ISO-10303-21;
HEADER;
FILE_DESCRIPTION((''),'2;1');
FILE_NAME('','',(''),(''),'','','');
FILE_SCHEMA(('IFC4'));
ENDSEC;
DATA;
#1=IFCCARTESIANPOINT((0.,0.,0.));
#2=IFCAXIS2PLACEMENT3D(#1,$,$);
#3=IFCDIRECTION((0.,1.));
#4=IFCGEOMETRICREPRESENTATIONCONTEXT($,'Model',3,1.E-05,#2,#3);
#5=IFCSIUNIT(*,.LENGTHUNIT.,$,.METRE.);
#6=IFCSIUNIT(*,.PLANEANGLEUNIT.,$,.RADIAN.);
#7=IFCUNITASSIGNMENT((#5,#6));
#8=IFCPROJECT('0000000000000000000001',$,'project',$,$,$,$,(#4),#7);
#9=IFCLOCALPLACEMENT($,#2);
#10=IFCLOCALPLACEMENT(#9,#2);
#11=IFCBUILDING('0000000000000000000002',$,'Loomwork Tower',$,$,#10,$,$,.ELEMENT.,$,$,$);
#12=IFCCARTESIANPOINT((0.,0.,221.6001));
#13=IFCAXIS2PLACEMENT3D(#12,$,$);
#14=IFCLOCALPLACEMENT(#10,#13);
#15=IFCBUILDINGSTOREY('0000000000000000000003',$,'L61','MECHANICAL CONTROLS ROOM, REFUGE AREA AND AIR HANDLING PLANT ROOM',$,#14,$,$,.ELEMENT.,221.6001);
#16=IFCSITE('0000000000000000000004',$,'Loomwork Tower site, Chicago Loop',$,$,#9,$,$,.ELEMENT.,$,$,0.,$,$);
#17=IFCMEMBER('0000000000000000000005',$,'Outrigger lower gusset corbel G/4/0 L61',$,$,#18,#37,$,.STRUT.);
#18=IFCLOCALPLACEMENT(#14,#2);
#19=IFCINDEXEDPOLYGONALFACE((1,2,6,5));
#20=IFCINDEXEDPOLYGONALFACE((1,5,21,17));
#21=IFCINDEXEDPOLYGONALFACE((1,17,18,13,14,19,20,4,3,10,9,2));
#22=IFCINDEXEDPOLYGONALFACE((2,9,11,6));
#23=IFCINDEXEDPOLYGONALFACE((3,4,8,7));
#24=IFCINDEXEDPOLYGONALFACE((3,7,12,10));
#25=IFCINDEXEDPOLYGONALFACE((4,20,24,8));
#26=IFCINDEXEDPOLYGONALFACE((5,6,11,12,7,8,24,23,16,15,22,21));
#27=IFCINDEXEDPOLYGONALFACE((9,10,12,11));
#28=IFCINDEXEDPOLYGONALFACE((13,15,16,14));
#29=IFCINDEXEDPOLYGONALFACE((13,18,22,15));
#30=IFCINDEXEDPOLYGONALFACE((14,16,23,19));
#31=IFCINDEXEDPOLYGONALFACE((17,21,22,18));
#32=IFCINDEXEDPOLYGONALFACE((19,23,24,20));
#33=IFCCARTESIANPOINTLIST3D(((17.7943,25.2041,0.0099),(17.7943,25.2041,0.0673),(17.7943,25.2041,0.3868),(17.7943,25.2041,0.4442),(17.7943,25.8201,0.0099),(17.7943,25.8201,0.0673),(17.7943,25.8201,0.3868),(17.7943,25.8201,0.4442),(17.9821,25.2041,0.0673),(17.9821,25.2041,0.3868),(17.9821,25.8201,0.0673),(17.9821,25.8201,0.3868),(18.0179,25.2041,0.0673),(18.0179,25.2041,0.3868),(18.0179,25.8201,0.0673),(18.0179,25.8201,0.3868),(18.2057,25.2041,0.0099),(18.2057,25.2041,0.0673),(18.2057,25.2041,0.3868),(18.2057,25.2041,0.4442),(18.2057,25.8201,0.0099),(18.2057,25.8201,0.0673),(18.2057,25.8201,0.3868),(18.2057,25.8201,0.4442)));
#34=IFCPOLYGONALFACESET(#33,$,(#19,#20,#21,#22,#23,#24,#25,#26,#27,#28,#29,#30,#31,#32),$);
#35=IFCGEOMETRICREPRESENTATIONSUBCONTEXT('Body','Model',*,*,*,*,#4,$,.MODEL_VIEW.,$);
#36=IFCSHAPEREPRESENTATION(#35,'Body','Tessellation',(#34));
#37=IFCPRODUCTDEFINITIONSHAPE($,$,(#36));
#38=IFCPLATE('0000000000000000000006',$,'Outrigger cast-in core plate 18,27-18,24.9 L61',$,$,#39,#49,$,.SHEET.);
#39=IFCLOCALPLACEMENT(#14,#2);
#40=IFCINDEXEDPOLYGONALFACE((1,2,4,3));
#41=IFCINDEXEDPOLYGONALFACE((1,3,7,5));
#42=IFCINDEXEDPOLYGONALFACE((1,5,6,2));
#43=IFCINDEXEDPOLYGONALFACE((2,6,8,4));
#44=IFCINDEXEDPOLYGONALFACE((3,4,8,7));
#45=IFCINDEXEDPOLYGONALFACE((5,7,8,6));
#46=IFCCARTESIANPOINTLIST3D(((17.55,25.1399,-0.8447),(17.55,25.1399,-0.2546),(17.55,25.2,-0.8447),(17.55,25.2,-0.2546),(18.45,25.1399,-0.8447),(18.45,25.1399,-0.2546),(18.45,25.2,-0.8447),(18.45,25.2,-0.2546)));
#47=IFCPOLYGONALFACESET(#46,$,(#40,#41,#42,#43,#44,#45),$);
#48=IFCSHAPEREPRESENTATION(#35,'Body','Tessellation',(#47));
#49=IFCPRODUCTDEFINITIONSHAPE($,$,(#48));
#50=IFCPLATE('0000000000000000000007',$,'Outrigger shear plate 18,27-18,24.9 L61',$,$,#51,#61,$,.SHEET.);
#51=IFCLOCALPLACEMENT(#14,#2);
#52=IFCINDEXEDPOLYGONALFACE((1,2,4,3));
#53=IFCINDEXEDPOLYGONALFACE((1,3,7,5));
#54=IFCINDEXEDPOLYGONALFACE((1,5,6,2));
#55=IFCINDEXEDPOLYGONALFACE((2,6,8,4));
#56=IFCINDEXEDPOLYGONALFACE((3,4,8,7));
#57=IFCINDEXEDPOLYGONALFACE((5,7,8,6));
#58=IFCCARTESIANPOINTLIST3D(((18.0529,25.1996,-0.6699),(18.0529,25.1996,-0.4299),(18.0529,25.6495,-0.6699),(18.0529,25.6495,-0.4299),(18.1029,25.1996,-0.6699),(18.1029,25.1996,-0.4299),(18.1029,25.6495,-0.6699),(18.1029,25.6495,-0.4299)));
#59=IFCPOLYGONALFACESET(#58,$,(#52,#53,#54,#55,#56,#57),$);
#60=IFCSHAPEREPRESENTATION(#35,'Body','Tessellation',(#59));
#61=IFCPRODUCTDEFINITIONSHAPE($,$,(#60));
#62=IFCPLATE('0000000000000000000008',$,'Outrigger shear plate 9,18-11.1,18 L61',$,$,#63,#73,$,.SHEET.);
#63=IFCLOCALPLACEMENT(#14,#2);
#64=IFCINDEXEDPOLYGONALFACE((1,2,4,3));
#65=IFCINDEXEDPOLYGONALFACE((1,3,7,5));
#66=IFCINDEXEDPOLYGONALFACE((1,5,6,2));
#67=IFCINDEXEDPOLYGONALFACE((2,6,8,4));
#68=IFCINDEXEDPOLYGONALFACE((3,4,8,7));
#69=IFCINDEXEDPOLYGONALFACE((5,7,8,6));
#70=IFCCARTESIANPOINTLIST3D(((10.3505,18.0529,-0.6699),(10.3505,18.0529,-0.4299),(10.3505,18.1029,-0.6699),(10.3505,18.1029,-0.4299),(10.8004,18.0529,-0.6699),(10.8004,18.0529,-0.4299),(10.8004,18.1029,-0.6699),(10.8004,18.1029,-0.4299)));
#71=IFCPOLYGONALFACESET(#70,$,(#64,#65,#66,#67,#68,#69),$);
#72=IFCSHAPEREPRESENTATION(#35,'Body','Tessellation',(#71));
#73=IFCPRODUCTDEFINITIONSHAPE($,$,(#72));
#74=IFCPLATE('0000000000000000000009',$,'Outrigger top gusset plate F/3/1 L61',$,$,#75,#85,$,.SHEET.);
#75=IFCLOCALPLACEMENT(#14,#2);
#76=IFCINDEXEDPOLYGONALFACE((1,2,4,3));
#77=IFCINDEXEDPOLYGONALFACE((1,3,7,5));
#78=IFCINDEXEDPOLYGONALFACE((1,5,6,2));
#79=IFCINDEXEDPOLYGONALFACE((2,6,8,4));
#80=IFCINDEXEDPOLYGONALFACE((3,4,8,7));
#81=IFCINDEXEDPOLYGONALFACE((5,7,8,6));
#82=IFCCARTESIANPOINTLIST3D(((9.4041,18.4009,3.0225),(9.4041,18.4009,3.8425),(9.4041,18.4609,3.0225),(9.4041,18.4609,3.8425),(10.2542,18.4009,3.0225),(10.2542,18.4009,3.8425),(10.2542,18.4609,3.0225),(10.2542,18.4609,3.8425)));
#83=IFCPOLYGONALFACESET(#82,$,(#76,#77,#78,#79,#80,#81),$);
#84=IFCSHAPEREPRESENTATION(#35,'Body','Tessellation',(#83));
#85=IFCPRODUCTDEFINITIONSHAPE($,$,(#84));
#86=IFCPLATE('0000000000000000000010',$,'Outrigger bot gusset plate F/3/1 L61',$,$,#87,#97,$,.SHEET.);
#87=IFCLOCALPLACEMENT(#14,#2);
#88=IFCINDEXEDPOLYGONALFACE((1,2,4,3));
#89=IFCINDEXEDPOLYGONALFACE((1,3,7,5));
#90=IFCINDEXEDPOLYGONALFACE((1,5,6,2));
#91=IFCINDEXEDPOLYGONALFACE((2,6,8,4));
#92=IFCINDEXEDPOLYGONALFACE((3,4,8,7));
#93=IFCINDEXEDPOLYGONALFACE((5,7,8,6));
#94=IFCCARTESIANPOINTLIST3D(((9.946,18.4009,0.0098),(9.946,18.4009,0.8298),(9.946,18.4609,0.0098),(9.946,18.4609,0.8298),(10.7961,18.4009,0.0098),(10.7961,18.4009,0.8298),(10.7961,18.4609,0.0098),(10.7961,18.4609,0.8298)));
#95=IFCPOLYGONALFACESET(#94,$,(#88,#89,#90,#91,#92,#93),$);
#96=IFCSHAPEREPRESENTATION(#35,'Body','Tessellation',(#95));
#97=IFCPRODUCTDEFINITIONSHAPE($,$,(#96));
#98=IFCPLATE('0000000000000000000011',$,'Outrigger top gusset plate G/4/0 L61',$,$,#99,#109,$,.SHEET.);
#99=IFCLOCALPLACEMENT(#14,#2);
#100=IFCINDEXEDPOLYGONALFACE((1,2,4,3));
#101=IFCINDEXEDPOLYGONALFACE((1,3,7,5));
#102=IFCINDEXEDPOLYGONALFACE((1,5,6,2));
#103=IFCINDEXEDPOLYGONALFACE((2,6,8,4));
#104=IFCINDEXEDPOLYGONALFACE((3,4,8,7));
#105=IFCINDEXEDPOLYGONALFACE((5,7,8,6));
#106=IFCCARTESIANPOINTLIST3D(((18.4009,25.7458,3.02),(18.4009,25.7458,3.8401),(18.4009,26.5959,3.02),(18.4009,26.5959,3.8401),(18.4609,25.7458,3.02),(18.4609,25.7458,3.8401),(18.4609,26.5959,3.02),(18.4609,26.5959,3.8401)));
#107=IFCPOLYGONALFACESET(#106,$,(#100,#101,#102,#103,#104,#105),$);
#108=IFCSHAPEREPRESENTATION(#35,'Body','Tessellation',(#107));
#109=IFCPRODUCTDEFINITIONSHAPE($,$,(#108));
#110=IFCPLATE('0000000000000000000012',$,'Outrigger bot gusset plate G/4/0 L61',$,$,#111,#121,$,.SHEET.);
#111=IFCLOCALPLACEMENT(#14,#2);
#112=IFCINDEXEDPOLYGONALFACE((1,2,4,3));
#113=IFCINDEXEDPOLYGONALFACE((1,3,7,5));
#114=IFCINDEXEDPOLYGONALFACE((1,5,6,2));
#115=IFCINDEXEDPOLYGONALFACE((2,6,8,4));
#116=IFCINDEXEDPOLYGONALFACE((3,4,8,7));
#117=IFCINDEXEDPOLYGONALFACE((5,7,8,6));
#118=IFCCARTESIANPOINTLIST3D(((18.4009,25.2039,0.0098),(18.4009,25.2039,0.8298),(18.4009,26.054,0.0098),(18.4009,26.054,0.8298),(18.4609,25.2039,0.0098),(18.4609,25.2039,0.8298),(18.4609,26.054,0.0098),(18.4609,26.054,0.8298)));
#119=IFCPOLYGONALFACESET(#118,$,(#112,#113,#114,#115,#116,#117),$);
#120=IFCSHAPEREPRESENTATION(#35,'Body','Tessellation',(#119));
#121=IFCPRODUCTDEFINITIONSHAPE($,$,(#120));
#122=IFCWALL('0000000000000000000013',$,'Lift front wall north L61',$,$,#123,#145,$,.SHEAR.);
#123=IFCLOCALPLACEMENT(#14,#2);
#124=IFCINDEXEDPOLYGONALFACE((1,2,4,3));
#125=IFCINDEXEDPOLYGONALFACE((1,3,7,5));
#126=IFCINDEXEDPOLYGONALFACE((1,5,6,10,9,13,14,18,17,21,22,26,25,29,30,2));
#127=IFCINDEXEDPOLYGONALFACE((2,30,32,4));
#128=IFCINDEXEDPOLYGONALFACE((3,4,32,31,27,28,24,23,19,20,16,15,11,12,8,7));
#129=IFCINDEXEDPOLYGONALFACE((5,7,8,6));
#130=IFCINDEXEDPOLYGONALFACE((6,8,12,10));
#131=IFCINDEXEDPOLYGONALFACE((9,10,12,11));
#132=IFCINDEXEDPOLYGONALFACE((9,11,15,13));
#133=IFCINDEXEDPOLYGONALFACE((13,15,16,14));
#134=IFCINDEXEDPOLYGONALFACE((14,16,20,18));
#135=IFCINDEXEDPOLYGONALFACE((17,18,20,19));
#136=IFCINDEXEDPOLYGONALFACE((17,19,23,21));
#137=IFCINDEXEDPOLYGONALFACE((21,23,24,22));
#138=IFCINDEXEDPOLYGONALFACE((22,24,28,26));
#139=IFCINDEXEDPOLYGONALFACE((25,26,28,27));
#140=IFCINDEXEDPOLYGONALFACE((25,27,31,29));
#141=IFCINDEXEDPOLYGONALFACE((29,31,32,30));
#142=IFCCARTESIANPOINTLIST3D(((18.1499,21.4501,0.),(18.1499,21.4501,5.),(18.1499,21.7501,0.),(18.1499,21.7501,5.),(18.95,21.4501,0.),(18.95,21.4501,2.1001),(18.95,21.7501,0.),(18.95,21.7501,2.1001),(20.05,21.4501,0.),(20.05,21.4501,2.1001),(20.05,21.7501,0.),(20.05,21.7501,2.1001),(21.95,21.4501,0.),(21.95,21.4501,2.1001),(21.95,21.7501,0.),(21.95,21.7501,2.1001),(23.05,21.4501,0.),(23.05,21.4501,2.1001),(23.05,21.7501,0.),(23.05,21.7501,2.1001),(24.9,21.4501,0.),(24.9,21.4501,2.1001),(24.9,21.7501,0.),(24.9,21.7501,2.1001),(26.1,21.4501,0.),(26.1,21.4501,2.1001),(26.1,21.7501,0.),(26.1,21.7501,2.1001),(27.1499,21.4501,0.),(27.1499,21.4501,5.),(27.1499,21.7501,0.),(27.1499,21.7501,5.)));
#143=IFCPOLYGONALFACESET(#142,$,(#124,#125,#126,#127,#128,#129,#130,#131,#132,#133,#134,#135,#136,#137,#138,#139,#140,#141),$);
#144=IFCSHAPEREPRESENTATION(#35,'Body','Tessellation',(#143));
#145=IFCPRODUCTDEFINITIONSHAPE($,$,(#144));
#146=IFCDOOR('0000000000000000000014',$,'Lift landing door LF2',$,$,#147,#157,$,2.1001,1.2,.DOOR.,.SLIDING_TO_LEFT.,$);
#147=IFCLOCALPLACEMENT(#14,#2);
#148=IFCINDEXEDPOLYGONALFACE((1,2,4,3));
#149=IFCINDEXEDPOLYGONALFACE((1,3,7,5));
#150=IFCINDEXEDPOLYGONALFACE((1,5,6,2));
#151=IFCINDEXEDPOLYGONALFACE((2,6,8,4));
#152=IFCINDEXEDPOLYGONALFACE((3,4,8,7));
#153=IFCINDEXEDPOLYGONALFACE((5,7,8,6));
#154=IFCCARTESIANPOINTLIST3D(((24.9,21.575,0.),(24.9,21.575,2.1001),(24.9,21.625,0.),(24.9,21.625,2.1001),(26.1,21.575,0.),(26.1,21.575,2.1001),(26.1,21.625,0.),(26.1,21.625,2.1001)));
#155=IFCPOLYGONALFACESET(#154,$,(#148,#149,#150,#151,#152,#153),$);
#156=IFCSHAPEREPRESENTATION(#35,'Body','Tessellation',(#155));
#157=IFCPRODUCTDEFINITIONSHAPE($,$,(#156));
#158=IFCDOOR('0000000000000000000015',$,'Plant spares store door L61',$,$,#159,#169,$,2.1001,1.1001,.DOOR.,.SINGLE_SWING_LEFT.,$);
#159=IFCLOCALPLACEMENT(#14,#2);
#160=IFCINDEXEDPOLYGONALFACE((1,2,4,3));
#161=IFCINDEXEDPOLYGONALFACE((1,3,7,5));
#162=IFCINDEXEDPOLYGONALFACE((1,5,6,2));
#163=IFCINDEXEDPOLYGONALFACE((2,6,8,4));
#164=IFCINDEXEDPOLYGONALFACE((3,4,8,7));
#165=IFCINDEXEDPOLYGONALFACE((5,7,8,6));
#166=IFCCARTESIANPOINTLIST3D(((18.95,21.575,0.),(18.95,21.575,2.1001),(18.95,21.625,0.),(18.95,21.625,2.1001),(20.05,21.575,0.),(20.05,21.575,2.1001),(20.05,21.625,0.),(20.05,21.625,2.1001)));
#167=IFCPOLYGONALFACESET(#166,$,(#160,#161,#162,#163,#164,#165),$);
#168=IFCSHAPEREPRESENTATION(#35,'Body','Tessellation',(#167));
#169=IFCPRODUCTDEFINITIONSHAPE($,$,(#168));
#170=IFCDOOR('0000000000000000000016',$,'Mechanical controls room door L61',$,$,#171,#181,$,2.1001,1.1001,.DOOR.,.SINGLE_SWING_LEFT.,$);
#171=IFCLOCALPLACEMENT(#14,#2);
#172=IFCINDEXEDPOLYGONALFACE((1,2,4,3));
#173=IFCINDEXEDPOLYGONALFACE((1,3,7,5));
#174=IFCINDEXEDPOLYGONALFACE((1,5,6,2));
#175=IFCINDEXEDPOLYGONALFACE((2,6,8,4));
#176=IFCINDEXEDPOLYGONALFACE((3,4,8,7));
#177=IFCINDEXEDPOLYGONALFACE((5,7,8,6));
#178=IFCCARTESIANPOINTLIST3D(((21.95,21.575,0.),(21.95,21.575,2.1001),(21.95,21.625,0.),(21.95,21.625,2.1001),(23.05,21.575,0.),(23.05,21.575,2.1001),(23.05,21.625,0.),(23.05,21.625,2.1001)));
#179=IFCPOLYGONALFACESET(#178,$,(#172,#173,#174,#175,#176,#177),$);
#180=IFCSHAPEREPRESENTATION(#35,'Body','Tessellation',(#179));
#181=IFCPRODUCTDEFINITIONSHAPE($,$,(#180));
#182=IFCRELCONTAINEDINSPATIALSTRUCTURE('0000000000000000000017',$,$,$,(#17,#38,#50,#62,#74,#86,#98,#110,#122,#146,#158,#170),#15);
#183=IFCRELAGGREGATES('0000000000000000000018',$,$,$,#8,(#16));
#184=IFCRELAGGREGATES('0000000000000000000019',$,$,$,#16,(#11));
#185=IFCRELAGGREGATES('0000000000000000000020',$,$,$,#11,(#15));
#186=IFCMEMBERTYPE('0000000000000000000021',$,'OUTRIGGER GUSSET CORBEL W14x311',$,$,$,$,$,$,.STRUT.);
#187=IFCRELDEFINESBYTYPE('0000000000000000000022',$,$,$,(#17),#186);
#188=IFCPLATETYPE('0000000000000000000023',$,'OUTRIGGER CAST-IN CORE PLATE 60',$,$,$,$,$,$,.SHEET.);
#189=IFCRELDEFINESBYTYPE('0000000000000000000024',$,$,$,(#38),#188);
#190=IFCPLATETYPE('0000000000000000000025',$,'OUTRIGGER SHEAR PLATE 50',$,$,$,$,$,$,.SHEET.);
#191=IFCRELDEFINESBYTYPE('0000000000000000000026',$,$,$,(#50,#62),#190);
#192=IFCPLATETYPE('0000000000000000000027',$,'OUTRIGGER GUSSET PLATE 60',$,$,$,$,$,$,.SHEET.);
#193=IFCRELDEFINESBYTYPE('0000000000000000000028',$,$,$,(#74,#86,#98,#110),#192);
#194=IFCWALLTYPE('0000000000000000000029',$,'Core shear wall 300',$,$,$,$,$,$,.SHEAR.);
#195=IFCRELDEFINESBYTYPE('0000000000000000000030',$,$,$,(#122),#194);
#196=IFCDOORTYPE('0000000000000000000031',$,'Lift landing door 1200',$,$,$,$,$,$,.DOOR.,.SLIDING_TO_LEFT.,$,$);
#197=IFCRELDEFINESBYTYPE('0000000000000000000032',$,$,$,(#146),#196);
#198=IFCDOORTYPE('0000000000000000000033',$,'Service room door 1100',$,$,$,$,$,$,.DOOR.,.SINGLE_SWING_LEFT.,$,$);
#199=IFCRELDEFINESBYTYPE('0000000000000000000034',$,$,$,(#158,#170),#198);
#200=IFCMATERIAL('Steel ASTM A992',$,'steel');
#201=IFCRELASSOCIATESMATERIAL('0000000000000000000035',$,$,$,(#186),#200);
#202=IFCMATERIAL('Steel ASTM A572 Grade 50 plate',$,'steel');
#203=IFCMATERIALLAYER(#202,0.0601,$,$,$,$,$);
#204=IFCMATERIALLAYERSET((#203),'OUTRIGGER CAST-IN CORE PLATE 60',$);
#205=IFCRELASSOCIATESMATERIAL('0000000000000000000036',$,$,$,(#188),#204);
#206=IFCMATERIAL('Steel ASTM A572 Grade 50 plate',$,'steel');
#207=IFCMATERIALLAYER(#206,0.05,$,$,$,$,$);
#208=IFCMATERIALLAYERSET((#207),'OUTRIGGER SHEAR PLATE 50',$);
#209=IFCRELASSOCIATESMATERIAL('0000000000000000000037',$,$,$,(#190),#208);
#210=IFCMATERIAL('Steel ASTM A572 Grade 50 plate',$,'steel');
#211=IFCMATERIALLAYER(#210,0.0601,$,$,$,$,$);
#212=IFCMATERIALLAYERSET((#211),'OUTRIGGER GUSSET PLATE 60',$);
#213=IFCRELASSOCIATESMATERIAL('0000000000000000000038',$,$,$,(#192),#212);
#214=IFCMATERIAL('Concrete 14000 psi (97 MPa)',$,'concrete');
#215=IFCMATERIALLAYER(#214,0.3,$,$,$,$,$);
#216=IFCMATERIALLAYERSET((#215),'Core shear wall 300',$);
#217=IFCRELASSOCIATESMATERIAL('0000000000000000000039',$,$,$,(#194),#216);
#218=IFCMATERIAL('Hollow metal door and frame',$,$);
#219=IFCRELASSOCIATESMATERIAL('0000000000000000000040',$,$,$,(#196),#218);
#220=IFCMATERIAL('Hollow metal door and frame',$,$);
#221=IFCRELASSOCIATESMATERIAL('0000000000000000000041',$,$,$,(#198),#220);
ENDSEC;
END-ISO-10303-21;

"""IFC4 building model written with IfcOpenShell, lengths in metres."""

from ifc_helpers import new_model, si_unit, direction, frame, frame_2d, origin, origin_2d, place, context, subcontext, project, spatial, rectangle, i_section, extrude, material, layer, layer_set, material_profile, profile_set, type_object, element, fill, save


model = new_model("IFC4")

# Units and contexts
model_context = context("Model", 3, precision=1e-05, world=origin(), true_north=direction((0.0, 1.0)))
body_context = subcontext(model_context, "Body", "Model", "MODEL_VIEW")
ifc_project = project(units=[si_unit("LENGTHUNIT", "METRE"), si_unit("PLANEANGLEUNIT", "RADIAN")], contexts=[model_context])

# Site, building, storey
site_placement = place(None, origin())
site = spatial("IfcSite", under=ifc_project, at=site_placement, Name="Loomwork Tower site, Chicago Loop", CompositionType="ELEMENT", RefElevation=0.0)
building_placement = place(site_placement, origin())
building = spatial("IfcBuilding", under=site, at=building_placement, Name="Loomwork Tower", CompositionType="ELEMENT")
storey_placement = place(building_placement, frame((0.0, 0.0, 221.6001)))
storey = spatial("IfcBuildingStorey", under=building, at=storey_placement, Name="L61", Description="MECHANICAL CONTROLS ROOM, REFUGE AREA AND AIR HANDLING PLANT ROOM", CompositionType="ELEMENT", Elevation=221.6001)

# Member
ifc_material_1 = material(Name="Steel ASTM A992", Category="steel")
ifc_material_profile = material_profile(ifc_material_1, i_section(OverallWidth=0.4114, OverallDepth=0.4343, WebThickness=0.0359, FlangeThickness=0.0574, at=origin_2d()), Name="W14x311")
ifc_profile_set = profile_set([ifc_material_profile], Name="Steel ASTM A992")
member_type = type_object("IfcMemberType", Name="OUTRIGGER GUSSET CORBEL W14x311", PredefinedType="STRUT", material=ifc_profile_set)
member_placement = place(storey_placement, frame((18.0, 25.2041, 0.2271), z_axis=(0.0, 1.0, 0.0), x_axis=(-1.0, 0.0, 0.0)))
element("IfcMember", 1, at=member_placement, inside=storey, type_object=member_type, Name="Outrigger lower gusset corbel G/4/0 L61", PredefinedType="STRUT", context=body_context, shape_type="SweptSolid", body=[
    extrude(i_section(OverallWidth=0.4114, OverallDepth=0.4343, WebThickness=0.0359, FlangeThickness=0.0574, at=origin_2d()), origin(), (0.0, 0.0, 1.0), 0.616),
])

# Plates
ifc_material_2 = material(Name="Steel ASTM A572 Grade 50 plate", Category="steel")
ifc_layer_1 = layer(ifc_material_2, 0.0601)
ifc_layer_set_1 = layer_set([ifc_layer_1], Name="OUTRIGGER CAST-IN CORE PLATE 60")
plate_type_1 = type_object("IfcPlateType", Name="OUTRIGGER CAST-IN CORE PLATE 60", PredefinedType="SHEET", material=ifc_layer_set_1)
plate_placement = place(storey_placement, frame((18.0, 25.1699, -0.8447), z_axis=(0.0, 0.0, 1.0), x_axis=(1.0, 0.0, 0.0)))
element("IfcPlate", 2, at=plate_placement, inside=storey, type_object=plate_type_1, Name="Outrigger cast-in core plate 18,27-18,24.9 L61", PredefinedType="SHEET", context=body_context, shape_type="SweptSolid", body=[
    extrude(rectangle(XDim=0.8999, YDim=0.0601, at=origin_2d()), origin(), (0.0, 0.0, 1.0), 0.5901),
])
ifc_material_3 = material(Name="Steel ASTM A572 Grade 50 plate", Category="steel")
ifc_layer_2 = layer(ifc_material_3, 0.05)
ifc_layer_set_2 = layer_set([ifc_layer_2], Name="OUTRIGGER SHEAR PLATE 50")
plate_type_2 = type_object("IfcPlateType", Name="OUTRIGGER SHEAR PLATE 50", PredefinedType="SHEET", material=ifc_layer_set_2)
for number, where, z_axis, x_axis, name in (
    (3, (18.0779, 25.4246, -0.6699), (0.0, 0.0, 1.0), (0.0, 1.0, 0.0), "Outrigger shear plate 18,27-18,24.9 L61"),
    (4, (10.5754, 18.0779, -0.6699), (0.0, 0.0, 1.0), (1.0, 0.0, 0.0), "Outrigger shear plate 9,18-11.1,18 L61"),
):
    element("IfcPlate", number, at=place(storey_placement, frame(where, z_axis=z_axis, x_axis=x_axis)), inside=storey, type_object=plate_type_2, Name=name, PredefinedType="SHEET", context=body_context, shape_type="SweptSolid", body=[
        extrude(rectangle(XDim=0.45, YDim=0.05, at=origin_2d()), origin(), (0.0, 0.0, 1.0), 0.24),
    ])
ifc_material_4 = material(Name="Steel ASTM A572 Grade 50 plate", Category="steel")
ifc_layer_3 = layer(ifc_material_4, 0.0601)
ifc_layer_set_3 = layer_set([ifc_layer_3], Name="OUTRIGGER GUSSET PLATE 60")
plate_type_3 = type_object("IfcPlateType", Name="OUTRIGGER GUSSET PLATE 60", PredefinedType="SHEET", material=ifc_layer_set_3)
for number, where, z_axis, x_axis, name in (
    (5, (9.8291, 18.4309, 3.0225), (0.0, 0.0, 1.0), (1.0, 0.0, 0.0), "Outrigger top gusset plate F/3/1 L61"),
    (6, (10.3711, 18.4309, 0.0098), (0.0, 0.0, 1.0), (1.0, 0.0, 0.0), "Outrigger bot gusset plate F/3/1 L61"),
    (7, (18.4309, 26.1709, 3.02), (0.0, 0.0, 1.0), (0.0, 1.0, 0.0), "Outrigger top gusset plate G/4/0 L61"),
    (8, (18.4309, 25.6289, 0.0098), (0.0, 0.0, 1.0), (0.0, 1.0, 0.0), "Outrigger bot gusset plate G/4/0 L61"),
):
    element("IfcPlate", number, at=place(storey_placement, frame(where, z_axis=z_axis, x_axis=x_axis)), inside=storey, type_object=plate_type_3, Name=name, PredefinedType="SHEET", context=body_context, shape_type="SweptSolid", body=[
        extrude(rectangle(XDim=0.8501, YDim=0.0601, at=origin_2d()), origin(), (0.0, 0.0, 1.0), 0.8201),
    ])

# Wall, openings, doors
ifc_material_5 = material(Name="Concrete 14000 psi (97 MPa)", Category="concrete")
ifc_layer_4 = layer(ifc_material_5, 0.3)
ifc_layer_set_4 = layer_set([ifc_layer_4], Name="Core shear wall 300")
wall_type_1 = type_object("IfcWallType", Name="Core shear wall 300", PredefinedType="SHEAR", material=ifc_layer_set_4)
wall_1_placement = place(storey_placement, frame((18.1499, 21.6001, 0.0), z_axis=(0.0, 0.0, 1.0), x_axis=(1.0, 0.0, 0.0)))
wall_1 = element("IfcWall", 9, at=wall_1_placement, inside=storey, type_object=wall_type_1, Name="Lift front wall north L61", PredefinedType="SHEAR", context=body_context, shape_type="SweptSolid", body=[
    extrude(rectangle(XDim=9.0, YDim=0.3, at=frame_2d((4.5, 0.0))), origin(), (0.0, 0.0, 1.0), 5.0),
])
opening_1_placement = place(wall_1_placement, frame((6.75, 0.0, 0.0)))
opening_1 = element("IfcOpeningElement", 10, at=opening_1_placement, cuts=wall_1, PredefinedType="OPENING", context=body_context, shape_type="SweptSolid", body=[
    extrude(rectangle(XDim=1.2, YDim=2.1001, at=frame_2d((0.6001, 1.05))), frame((0.0, 0.1599, 0.0), z_axis=(0.0, -1.0, 0.0), x_axis=(1.0, 0.0, 0.0)), (0.0, 0.0, 1.0), 0.3201),
])
opening_2_placement = place(wall_1_placement, frame((0.8, 0.0, 0.0)))
opening_2 = element("IfcOpeningElement", 11, at=opening_2_placement, cuts=wall_1, PredefinedType="OPENING", context=body_context, shape_type="SweptSolid", body=[
    extrude(rectangle(XDim=1.1001, YDim=2.1001, at=frame_2d((0.55, 1.05))), frame((0.0, 0.1599, 0.0), z_axis=(0.0, -1.0, 0.0), x_axis=(1.0, 0.0, 0.0)), (0.0, 0.0, 1.0), 0.3201),
])
opening_3_placement = place(wall_1_placement, frame((3.8, 0.0, 0.0)))
opening_3 = element("IfcOpeningElement", 12, at=opening_3_placement, cuts=wall_1, PredefinedType="OPENING", context=body_context, shape_type="SweptSolid", body=[
    extrude(rectangle(XDim=1.1001, YDim=2.1001, at=frame_2d((0.55, 1.05))), frame((0.0, 0.1599, 0.0), z_axis=(0.0, -1.0, 0.0), x_axis=(1.0, 0.0, 0.0)), (0.0, 0.0, 1.0), 0.3201),
])
ifc_material_6 = material(Name="Hollow metal door and frame")
door_type_1 = type_object("IfcDoorType", Name="Lift landing door 1200", OperationType="SLIDING_TO_LEFT", PredefinedType="DOOR", material=ifc_material_6)
door_1_placement = place(opening_1_placement, origin())
door_1 = element("IfcDoor", 13, at=door_1_placement, inside=storey, type_object=door_type_1, Name="Lift landing door LF2", OperationType="SLIDING_TO_LEFT", OverallHeight=2.1001, OverallWidth=1.2, PredefinedType="DOOR", context=body_context, shape_type="SweptSolid", body=[
    extrude(rectangle(XDim=1.2, YDim=2.1001, at=frame_2d((0.6001, 1.05))), frame((0.0, 0.0249, 0.0), z_axis=(0.0, -1.0, 0.0), x_axis=(1.0, 0.0, 0.0)), (0.0, 0.0, 1.0), 0.05),
])
fill(opening_1, door_1)
ifc_material_7 = material(Name="Hollow metal door and frame")
door_type_2 = type_object("IfcDoorType", Name="Service room door 1100", OperationType="SINGLE_SWING_LEFT", PredefinedType="DOOR", material=ifc_material_7)
door_2_placement = place(opening_2_placement, origin())
door_2 = element("IfcDoor", 14, at=door_2_placement, inside=storey, type_object=door_type_2, Name="Plant spares store door L61", OperationType="SINGLE_SWING_LEFT", OverallHeight=2.1001, OverallWidth=1.1001, PredefinedType="DOOR", context=body_context, shape_type="SweptSolid", body=[
    extrude(rectangle(XDim=1.1001, YDim=2.1001, at=frame_2d((0.55, 1.05))), frame((0.0, 0.0249, 0.0), z_axis=(0.0, -1.0, 0.0), x_axis=(1.0, 0.0, 0.0)), (0.0, 0.0, 1.0), 0.05),
])
fill(opening_2, door_2)
door_3_placement = place(opening_3_placement, origin())
door_3 = element("IfcDoor", 15, at=door_3_placement, inside=storey, type_object=door_type_2, Name="Mechanical controls room door L61", OperationType="SINGLE_SWING_LEFT", OverallHeight=2.1001, OverallWidth=1.1001, PredefinedType="DOOR", context=body_context, shape_type="SweptSolid", body=[
    extrude(rectangle(XDim=1.1001, YDim=2.1001, at=frame_2d((0.55, 1.05))), frame((0.0, 0.0249, 0.0), z_axis=(0.0, -1.0, 0.0), x_axis=(1.0, 0.0, 0.0)), (0.0, 0.0, 1.0), 0.05),
])
fill(opening_3, door_3)

save(model, "model.ifc")
